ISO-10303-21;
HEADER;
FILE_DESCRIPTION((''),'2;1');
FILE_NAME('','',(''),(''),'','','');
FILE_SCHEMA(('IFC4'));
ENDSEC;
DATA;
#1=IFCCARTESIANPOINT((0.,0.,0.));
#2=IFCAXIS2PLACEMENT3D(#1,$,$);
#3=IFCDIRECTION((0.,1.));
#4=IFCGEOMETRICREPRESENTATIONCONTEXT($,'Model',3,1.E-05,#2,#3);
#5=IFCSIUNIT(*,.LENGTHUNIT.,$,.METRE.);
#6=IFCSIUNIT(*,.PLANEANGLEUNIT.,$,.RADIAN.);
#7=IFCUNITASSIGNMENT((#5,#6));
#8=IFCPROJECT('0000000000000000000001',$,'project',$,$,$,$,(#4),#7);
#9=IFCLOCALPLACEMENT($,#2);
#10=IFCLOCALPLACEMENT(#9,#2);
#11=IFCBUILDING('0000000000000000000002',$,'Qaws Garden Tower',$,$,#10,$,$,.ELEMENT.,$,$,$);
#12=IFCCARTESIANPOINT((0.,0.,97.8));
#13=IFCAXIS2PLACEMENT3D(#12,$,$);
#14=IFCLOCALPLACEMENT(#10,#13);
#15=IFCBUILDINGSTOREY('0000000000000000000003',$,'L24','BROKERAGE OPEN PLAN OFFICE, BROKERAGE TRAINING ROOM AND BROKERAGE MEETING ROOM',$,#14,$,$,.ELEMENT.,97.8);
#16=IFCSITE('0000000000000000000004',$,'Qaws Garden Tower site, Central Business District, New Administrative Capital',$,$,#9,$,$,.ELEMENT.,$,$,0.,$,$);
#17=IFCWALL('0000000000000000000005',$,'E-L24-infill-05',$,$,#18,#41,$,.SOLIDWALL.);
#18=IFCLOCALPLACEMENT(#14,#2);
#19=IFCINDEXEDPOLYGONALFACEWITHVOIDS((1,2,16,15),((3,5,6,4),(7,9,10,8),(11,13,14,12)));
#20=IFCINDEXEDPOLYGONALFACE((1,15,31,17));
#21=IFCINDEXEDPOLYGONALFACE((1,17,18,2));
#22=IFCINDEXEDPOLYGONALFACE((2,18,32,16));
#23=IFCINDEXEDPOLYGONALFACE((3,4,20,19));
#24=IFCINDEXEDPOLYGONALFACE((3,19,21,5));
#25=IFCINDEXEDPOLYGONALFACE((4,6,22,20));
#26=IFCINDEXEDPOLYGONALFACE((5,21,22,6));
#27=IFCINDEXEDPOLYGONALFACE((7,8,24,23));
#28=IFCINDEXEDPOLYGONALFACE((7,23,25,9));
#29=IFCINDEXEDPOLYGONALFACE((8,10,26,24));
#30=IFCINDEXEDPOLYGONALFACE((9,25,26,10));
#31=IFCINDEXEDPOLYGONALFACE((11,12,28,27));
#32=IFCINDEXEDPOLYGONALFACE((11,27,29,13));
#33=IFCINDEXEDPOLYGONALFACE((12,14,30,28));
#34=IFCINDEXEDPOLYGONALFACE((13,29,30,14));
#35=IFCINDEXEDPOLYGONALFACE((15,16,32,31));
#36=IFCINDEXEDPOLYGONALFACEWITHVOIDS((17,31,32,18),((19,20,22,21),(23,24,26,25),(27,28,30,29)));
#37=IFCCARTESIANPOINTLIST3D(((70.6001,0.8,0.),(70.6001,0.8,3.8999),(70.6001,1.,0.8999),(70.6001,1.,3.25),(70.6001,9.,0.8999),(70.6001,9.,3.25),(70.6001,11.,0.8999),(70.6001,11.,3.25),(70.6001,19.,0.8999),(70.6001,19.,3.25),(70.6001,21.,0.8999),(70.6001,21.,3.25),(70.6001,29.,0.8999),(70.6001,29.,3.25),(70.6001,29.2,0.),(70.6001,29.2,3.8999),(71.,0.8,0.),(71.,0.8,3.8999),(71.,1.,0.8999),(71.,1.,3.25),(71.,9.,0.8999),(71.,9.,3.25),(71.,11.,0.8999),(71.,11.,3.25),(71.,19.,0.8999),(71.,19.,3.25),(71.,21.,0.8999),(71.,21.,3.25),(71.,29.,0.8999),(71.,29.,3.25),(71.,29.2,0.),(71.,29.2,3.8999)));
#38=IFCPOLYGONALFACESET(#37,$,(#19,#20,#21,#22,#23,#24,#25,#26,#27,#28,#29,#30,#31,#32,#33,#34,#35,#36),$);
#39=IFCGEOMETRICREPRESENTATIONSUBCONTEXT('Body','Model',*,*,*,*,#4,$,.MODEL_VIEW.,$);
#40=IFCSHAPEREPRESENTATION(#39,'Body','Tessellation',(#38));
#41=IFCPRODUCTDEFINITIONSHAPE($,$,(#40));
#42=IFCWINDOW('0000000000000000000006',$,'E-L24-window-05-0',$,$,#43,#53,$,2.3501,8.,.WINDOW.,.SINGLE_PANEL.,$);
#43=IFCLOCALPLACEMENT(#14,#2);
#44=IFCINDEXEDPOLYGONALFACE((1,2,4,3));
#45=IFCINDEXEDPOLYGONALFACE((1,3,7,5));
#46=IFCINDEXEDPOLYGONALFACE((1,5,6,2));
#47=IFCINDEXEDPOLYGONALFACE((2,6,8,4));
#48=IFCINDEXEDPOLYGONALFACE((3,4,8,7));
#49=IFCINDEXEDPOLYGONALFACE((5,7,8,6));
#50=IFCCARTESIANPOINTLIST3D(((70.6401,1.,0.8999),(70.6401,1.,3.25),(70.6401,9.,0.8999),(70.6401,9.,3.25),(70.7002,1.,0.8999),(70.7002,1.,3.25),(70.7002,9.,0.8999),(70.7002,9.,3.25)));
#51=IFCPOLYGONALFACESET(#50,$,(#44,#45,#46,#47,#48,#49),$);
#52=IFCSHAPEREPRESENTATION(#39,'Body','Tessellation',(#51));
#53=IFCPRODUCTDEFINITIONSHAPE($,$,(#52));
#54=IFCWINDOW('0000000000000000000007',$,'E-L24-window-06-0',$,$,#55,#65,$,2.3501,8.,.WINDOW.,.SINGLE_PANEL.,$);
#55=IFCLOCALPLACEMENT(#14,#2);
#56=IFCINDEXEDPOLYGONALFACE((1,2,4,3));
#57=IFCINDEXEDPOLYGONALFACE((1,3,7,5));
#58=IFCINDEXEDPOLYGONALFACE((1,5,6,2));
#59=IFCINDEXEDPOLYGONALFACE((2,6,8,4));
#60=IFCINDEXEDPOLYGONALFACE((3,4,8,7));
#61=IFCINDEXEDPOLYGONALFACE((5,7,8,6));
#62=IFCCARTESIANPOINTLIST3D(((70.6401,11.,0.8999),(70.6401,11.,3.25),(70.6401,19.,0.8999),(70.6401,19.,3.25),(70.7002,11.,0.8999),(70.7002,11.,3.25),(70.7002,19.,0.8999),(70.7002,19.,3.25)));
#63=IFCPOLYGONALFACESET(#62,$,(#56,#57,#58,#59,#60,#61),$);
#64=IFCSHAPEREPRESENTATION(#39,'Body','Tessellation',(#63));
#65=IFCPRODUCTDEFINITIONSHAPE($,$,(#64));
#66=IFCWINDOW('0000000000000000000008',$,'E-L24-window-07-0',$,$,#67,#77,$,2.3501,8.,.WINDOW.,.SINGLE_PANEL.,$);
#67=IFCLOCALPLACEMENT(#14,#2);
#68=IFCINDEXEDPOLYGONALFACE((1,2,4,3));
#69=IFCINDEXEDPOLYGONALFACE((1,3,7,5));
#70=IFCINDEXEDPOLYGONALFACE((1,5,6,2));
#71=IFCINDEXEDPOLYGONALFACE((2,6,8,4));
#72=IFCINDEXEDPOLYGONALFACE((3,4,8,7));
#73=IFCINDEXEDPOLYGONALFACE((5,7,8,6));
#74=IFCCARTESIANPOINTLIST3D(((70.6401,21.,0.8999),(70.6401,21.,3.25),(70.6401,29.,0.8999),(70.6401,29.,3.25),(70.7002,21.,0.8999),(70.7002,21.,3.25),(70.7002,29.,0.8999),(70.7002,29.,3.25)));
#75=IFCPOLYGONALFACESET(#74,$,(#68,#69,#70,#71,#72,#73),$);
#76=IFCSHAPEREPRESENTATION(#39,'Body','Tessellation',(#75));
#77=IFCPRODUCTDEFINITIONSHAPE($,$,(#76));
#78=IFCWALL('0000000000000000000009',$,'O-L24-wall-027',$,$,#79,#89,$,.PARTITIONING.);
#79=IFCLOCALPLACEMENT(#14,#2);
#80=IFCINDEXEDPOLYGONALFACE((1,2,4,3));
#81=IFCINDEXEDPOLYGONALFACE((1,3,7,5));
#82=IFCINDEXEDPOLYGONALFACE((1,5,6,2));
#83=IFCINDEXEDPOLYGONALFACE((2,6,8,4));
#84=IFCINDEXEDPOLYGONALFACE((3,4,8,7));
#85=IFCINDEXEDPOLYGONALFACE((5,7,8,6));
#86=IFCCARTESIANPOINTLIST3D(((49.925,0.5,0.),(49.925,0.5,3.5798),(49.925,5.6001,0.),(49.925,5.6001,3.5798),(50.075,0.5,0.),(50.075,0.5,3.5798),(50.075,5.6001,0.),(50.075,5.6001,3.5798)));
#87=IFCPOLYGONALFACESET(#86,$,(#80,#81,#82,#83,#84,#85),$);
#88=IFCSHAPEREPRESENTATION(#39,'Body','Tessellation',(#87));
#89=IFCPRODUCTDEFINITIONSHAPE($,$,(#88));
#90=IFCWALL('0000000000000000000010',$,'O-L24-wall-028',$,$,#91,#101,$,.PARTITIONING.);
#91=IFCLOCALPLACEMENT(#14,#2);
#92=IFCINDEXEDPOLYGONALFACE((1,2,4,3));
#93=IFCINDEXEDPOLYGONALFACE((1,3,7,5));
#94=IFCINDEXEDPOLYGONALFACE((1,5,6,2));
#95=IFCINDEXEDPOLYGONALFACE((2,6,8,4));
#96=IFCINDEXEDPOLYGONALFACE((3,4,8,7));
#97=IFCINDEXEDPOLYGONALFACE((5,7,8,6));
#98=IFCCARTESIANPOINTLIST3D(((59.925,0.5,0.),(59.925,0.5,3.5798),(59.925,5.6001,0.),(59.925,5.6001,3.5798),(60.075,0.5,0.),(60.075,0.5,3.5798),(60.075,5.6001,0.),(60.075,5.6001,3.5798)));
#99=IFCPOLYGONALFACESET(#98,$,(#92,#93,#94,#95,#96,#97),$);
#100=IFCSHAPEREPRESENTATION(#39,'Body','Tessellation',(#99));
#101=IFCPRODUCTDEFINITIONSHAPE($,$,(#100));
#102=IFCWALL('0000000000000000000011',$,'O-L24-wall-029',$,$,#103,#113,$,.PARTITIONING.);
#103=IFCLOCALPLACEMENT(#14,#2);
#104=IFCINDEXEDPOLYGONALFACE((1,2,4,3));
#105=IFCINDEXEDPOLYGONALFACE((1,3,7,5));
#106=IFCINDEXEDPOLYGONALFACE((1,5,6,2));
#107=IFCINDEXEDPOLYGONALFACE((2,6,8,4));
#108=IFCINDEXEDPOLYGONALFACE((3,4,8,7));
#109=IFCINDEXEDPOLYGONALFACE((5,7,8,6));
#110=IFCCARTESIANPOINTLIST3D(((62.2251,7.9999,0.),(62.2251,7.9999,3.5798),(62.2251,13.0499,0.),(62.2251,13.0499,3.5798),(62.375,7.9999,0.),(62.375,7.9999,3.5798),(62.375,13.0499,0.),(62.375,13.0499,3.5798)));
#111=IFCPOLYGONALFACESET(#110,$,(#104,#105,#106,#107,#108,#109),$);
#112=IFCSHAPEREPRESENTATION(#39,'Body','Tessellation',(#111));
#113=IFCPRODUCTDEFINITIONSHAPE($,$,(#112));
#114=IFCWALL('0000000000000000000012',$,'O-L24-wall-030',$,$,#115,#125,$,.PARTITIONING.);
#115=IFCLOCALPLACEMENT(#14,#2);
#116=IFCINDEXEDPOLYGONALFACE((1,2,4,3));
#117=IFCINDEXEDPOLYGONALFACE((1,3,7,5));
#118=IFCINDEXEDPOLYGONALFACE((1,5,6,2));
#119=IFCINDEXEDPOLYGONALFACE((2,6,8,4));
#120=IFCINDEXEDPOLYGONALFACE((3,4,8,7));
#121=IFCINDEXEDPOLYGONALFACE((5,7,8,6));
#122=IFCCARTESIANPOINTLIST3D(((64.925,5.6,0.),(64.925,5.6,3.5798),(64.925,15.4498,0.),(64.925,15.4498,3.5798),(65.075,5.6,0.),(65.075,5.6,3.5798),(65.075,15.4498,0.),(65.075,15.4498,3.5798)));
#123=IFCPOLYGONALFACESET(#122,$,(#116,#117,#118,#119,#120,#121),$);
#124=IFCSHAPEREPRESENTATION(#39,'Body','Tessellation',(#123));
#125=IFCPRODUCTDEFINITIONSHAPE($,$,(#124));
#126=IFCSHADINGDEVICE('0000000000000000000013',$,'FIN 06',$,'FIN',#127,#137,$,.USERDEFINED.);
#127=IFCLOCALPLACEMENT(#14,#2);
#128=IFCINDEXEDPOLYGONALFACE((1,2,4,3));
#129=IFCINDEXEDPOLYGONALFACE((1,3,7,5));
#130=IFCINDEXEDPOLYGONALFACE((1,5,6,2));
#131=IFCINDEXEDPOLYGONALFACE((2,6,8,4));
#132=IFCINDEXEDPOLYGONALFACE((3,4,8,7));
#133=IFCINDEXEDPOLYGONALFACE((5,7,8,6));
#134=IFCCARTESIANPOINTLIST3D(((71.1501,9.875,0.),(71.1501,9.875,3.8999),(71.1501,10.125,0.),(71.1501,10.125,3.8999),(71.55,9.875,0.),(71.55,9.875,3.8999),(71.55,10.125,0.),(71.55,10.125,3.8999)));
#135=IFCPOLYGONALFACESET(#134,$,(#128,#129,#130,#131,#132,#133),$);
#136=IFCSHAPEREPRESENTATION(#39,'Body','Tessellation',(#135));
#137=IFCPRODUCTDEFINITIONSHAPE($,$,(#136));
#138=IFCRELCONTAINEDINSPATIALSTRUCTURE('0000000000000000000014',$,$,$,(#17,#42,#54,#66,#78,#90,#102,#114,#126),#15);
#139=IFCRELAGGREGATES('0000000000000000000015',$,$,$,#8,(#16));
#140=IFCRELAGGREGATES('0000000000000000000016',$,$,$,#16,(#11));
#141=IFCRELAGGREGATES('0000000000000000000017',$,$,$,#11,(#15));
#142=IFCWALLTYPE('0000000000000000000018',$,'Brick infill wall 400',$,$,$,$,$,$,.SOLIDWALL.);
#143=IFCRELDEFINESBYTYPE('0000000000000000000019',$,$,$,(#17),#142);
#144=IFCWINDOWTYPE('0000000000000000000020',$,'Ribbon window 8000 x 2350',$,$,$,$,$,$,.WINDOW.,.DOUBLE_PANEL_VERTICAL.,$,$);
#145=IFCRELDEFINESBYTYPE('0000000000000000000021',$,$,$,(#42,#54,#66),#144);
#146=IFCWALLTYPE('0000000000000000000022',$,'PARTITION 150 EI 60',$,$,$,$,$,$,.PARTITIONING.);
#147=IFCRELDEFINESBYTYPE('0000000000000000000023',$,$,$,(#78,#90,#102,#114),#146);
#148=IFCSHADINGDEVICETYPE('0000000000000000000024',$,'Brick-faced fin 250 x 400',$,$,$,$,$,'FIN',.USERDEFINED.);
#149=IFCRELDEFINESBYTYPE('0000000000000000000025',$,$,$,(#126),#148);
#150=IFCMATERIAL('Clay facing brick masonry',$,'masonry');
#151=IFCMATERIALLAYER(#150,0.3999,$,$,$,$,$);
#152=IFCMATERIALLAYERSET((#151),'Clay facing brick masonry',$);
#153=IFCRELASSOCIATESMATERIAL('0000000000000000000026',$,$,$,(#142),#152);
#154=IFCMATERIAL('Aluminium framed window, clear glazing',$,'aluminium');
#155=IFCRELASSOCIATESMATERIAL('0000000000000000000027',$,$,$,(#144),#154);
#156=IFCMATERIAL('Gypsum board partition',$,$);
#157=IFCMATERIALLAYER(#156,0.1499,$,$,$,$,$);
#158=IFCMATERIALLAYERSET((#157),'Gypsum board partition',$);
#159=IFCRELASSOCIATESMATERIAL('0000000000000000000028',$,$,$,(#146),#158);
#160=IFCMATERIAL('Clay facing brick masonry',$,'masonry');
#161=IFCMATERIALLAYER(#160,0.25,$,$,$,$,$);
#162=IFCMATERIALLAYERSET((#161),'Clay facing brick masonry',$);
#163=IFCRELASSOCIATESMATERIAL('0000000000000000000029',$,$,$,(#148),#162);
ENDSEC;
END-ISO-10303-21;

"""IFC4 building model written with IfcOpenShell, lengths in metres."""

from ifc_helpers import new_model, si_unit, direction, frame, frame_2d, origin, origin_2d, place, context, subcontext, project, spatial, rectangle, extrude, material, layer, layer_set, type_object, element, fill, save


model = new_model("IFC4")

# Units and contexts
model_context = context("Model", 3, precision=1e-05, world=origin(), true_north=direction((0.0, 1.0)))
body_context = subcontext(model_context, "Body", "Model", "MODEL_VIEW")
ifc_project = project(units=[si_unit("LENGTHUNIT", "METRE"), si_unit("PLANEANGLEUNIT", "RADIAN")], contexts=[model_context])

# Site, building, storey
site_placement = place(None, origin())
site = spatial("IfcSite", under=ifc_project, at=site_placement, Name="Qaws Garden Tower site, Central Business District, New Administrative Capital", CompositionType="ELEMENT", RefElevation=0.0)
building_placement = place(site_placement, origin())
building = spatial("IfcBuilding", under=site, at=building_placement, Name="Qaws Garden Tower", CompositionType="ELEMENT")
storey_placement = place(building_placement, frame((0.0, 0.0, 97.8)))
storey = spatial("IfcBuildingStorey", under=building, at=storey_placement, Name="L24", Description="BROKERAGE OPEN PLAN OFFICE, BROKERAGE TRAINING ROOM AND BROKERAGE MEETING ROOM", CompositionType="ELEMENT", Elevation=97.8)

# Wall, openings, windows
ifc_material_1 = material(Name="Clay facing brick masonry", Category="masonry")
ifc_layer_1 = layer(ifc_material_1, 0.3999)
ifc_layer_set_1 = layer_set([ifc_layer_1], Name="Clay facing brick masonry")
wall_type_1 = type_object("IfcWallType", Name="Brick infill wall 400", PredefinedType="SOLIDWALL", material=ifc_layer_set_1)
wall_1_placement = place(storey_placement, frame((70.8, 0.8, 0.0), z_axis=(0.0, 0.0, 1.0), x_axis=(0.0, 1.0, 0.0)))
wall_1 = element("IfcWall", 1, at=wall_1_placement, inside=storey, type_object=wall_type_1, Name="E-L24-infill-05", PredefinedType="SOLIDWALL", context=body_context, shape_type="SweptSolid", body=[
    extrude(rectangle(XDim=28.3999, YDim=0.3999, at=frame_2d((14.2, 0.0))), origin(), (0.0, 0.0, 1.0), 3.8999),
])
opening_1_placement = place(wall_1_placement, frame((0.2, 0.0, 0.8999)))
opening_1 = element("IfcOpeningElement", 2, at=opening_1_placement, cuts=wall_1, PredefinedType="OPENING", context=body_context, shape_type="SweptSolid", body=[
    extrude(rectangle(XDim=8.0, YDim=2.3501, at=frame_2d((4.0, 1.175))), frame((0.0, 0.21, 0.0), z_axis=(0.0, -1.0, 0.0), x_axis=(1.0, 0.0, 0.0)), (0.0, 0.0, 1.0), 0.4199),
])
opening_2_placement = place(wall_1_placement, frame((10.2, 0.0, 0.8999)))
opening_2 = element("IfcOpeningElement", 3, at=opening_2_placement, cuts=wall_1, PredefinedType="OPENING", context=body_context, shape_type="SweptSolid", body=[
    extrude(rectangle(XDim=8.0, YDim=2.3501, at=frame_2d((4.0, 1.175))), frame((0.0, 0.21, 0.0), z_axis=(0.0, -1.0, 0.0), x_axis=(1.0, 0.0, 0.0)), (0.0, 0.0, 1.0), 0.4199),
])
opening_3_placement = place(wall_1_placement, frame((20.2, 0.0, 0.8999)))
opening_3 = element("IfcOpeningElement", 4, at=opening_3_placement, cuts=wall_1, PredefinedType="OPENING", context=body_context, shape_type="SweptSolid", body=[
    extrude(rectangle(XDim=8.0, YDim=2.3501, at=frame_2d((4.0, 1.175))), frame((0.0, 0.21, 0.0), z_axis=(0.0, -1.0, 0.0), x_axis=(1.0, 0.0, 0.0)), (0.0, 0.0, 1.0), 0.4199),
])
ifc_material_2 = material(Name="Aluminium framed window, clear glazing", Category="aluminium")
window_type = type_object("IfcWindowType", Name="Ribbon window 8000 x 2350", PartitioningType="DOUBLE_PANEL_VERTICAL", PredefinedType="WINDOW", material=ifc_material_2)
window_1_placement = place(opening_1_placement, origin())
window_1 = element("IfcWindow", 5, at=window_1_placement, inside=storey, type_object=window_type, Name="E-L24-window-05-0", OverallHeight=2.3501, OverallWidth=8.0, PartitioningType="SINGLE_PANEL", PredefinedType="WINDOW", context=body_context, shape_type="SweptSolid", body=[
    extrude(rectangle(XDim=8.0, YDim=2.3501, at=frame_2d((4.0, 1.175))), frame((0.0, 0.1599, 0.0), z_axis=(0.0, -1.0, 0.0), x_axis=(1.0, 0.0, 0.0)), (0.0, 0.0, 1.0), 0.0601),
])
fill(opening_1, window_1)
window_2_placement = place(opening_2_placement, origin())
window_2 = element("IfcWindow", 6, at=window_2_placement, inside=storey, type_object=window_type, Name="E-L24-window-06-0", OverallHeight=2.3501, OverallWidth=8.0, PartitioningType="SINGLE_PANEL", PredefinedType="WINDOW", context=body_context, shape_type="SweptSolid", body=[
    extrude(rectangle(XDim=8.0, YDim=2.3501, at=frame_2d((4.0, 1.175))), frame((0.0, 0.1599, 0.0), z_axis=(0.0, -1.0, 0.0), x_axis=(1.0, 0.0, 0.0)), (0.0, 0.0, 1.0), 0.0601),
])
fill(opening_2, window_2)
window_3_placement = place(opening_3_placement, origin())
window_3 = element("IfcWindow", 7, at=window_3_placement, inside=storey, type_object=window_type, Name="E-L24-window-07-0", OverallHeight=2.3501, OverallWidth=8.0, PartitioningType="SINGLE_PANEL", PredefinedType="WINDOW", context=body_context, shape_type="SweptSolid", body=[
    extrude(rectangle(XDim=8.0, YDim=2.3501, at=frame_2d((4.0, 1.175))), frame((0.0, 0.1599, 0.0), z_axis=(0.0, -1.0, 0.0), x_axis=(1.0, 0.0, 0.0)), (0.0, 0.0, 1.0), 0.0601),
])
fill(opening_3, window_3)

# Walls
ifc_material_3 = material(Name="Gypsum board partition")
ifc_layer_2 = layer(ifc_material_3, 0.1499)
ifc_layer_set_2 = layer_set([ifc_layer_2], Name="Gypsum board partition")
wall_type_2 = type_object("IfcWallType", Name="PARTITION 150 EI 60", PredefinedType="PARTITIONING", material=ifc_layer_set_2)
for number, where, z_axis, x_axis, name in (
    (8, (50.0, 0.5, 0.0), (0.0, 0.0, 1.0), (0.0, 1.0, 0.0), "O-L24-wall-027"),
    (9, (60.0, 0.5, 0.0), (0.0, 0.0, 1.0), (0.0, 1.0, 0.0), "O-L24-wall-028"),
):
    element("IfcWall", number, at=place(storey_placement, frame(where, z_axis=z_axis, x_axis=x_axis)), inside=storey, type_object=wall_type_2, Name=name, PredefinedType="PARTITIONING", context=body_context, shape_type="SweptSolid", body=[
        extrude(rectangle(XDim=5.1001, YDim=0.1499, at=frame_2d((2.55, 0.0))), origin(), (0.0, 0.0, 1.0), 3.5798),
    ])
wall_2_placement = place(storey_placement, frame((62.3, 8.0, 0.0), z_axis=(0.0, 0.0, 1.0), x_axis=(0.0, 1.0, 0.0)))
element("IfcWall", 10, at=wall_2_placement, inside=storey, type_object=wall_type_2, Name="O-L24-wall-029", PredefinedType="PARTITIONING", context=body_context, shape_type="SweptSolid", body=[
    extrude(rectangle(XDim=5.05, YDim=0.1499, at=frame_2d((2.5249, 0.0))), origin(), (0.0, 0.0, 1.0), 3.5798),
])
wall_3_placement = place(storey_placement, frame((65.0, 5.6001, 0.0), z_axis=(0.0, 0.0, 1.0), x_axis=(0.0, 1.0, 0.0)))
element("IfcWall", 11, at=wall_3_placement, inside=storey, type_object=wall_type_2, Name="O-L24-wall-030", PredefinedType="PARTITIONING", context=body_context, shape_type="SweptSolid", body=[
    extrude(rectangle(XDim=9.8499, YDim=0.1499, at=frame_2d((4.9248, 0.0))), origin(), (0.0, 0.0, 1.0), 3.5798),
])

# Shading device
ifc_material_4 = material(Name="Clay facing brick masonry", Category="masonry")
ifc_layer_3 = layer(ifc_material_4, 0.25)
ifc_layer_set_3 = layer_set([ifc_layer_3], Name="Clay facing brick masonry")
shading_device_type = type_object("IfcShadingDeviceType", Name="Brick-faced fin 250 x 400", ElementType="FIN", PredefinedType="USERDEFINED", material=ifc_layer_set_3)
shading_device_placement = place(storey_placement, frame((71.3501, 10.0, 0.0), z_axis=(0.0, 0.0, 1.0), x_axis=(0.0, 1.0, 0.0)))
element("IfcShadingDevice", 12, at=shading_device_placement, inside=storey, type_object=shading_device_type, Name="FIN 06", ObjectType="FIN", PredefinedType="USERDEFINED", context=body_context, shape_type="SweptSolid", body=[
    extrude(rectangle(XDim=0.25, YDim=0.3999, at=origin_2d()), origin(), (0.0, 0.0, 1.0), 3.8999),
])

save(model, "model.ifc")
